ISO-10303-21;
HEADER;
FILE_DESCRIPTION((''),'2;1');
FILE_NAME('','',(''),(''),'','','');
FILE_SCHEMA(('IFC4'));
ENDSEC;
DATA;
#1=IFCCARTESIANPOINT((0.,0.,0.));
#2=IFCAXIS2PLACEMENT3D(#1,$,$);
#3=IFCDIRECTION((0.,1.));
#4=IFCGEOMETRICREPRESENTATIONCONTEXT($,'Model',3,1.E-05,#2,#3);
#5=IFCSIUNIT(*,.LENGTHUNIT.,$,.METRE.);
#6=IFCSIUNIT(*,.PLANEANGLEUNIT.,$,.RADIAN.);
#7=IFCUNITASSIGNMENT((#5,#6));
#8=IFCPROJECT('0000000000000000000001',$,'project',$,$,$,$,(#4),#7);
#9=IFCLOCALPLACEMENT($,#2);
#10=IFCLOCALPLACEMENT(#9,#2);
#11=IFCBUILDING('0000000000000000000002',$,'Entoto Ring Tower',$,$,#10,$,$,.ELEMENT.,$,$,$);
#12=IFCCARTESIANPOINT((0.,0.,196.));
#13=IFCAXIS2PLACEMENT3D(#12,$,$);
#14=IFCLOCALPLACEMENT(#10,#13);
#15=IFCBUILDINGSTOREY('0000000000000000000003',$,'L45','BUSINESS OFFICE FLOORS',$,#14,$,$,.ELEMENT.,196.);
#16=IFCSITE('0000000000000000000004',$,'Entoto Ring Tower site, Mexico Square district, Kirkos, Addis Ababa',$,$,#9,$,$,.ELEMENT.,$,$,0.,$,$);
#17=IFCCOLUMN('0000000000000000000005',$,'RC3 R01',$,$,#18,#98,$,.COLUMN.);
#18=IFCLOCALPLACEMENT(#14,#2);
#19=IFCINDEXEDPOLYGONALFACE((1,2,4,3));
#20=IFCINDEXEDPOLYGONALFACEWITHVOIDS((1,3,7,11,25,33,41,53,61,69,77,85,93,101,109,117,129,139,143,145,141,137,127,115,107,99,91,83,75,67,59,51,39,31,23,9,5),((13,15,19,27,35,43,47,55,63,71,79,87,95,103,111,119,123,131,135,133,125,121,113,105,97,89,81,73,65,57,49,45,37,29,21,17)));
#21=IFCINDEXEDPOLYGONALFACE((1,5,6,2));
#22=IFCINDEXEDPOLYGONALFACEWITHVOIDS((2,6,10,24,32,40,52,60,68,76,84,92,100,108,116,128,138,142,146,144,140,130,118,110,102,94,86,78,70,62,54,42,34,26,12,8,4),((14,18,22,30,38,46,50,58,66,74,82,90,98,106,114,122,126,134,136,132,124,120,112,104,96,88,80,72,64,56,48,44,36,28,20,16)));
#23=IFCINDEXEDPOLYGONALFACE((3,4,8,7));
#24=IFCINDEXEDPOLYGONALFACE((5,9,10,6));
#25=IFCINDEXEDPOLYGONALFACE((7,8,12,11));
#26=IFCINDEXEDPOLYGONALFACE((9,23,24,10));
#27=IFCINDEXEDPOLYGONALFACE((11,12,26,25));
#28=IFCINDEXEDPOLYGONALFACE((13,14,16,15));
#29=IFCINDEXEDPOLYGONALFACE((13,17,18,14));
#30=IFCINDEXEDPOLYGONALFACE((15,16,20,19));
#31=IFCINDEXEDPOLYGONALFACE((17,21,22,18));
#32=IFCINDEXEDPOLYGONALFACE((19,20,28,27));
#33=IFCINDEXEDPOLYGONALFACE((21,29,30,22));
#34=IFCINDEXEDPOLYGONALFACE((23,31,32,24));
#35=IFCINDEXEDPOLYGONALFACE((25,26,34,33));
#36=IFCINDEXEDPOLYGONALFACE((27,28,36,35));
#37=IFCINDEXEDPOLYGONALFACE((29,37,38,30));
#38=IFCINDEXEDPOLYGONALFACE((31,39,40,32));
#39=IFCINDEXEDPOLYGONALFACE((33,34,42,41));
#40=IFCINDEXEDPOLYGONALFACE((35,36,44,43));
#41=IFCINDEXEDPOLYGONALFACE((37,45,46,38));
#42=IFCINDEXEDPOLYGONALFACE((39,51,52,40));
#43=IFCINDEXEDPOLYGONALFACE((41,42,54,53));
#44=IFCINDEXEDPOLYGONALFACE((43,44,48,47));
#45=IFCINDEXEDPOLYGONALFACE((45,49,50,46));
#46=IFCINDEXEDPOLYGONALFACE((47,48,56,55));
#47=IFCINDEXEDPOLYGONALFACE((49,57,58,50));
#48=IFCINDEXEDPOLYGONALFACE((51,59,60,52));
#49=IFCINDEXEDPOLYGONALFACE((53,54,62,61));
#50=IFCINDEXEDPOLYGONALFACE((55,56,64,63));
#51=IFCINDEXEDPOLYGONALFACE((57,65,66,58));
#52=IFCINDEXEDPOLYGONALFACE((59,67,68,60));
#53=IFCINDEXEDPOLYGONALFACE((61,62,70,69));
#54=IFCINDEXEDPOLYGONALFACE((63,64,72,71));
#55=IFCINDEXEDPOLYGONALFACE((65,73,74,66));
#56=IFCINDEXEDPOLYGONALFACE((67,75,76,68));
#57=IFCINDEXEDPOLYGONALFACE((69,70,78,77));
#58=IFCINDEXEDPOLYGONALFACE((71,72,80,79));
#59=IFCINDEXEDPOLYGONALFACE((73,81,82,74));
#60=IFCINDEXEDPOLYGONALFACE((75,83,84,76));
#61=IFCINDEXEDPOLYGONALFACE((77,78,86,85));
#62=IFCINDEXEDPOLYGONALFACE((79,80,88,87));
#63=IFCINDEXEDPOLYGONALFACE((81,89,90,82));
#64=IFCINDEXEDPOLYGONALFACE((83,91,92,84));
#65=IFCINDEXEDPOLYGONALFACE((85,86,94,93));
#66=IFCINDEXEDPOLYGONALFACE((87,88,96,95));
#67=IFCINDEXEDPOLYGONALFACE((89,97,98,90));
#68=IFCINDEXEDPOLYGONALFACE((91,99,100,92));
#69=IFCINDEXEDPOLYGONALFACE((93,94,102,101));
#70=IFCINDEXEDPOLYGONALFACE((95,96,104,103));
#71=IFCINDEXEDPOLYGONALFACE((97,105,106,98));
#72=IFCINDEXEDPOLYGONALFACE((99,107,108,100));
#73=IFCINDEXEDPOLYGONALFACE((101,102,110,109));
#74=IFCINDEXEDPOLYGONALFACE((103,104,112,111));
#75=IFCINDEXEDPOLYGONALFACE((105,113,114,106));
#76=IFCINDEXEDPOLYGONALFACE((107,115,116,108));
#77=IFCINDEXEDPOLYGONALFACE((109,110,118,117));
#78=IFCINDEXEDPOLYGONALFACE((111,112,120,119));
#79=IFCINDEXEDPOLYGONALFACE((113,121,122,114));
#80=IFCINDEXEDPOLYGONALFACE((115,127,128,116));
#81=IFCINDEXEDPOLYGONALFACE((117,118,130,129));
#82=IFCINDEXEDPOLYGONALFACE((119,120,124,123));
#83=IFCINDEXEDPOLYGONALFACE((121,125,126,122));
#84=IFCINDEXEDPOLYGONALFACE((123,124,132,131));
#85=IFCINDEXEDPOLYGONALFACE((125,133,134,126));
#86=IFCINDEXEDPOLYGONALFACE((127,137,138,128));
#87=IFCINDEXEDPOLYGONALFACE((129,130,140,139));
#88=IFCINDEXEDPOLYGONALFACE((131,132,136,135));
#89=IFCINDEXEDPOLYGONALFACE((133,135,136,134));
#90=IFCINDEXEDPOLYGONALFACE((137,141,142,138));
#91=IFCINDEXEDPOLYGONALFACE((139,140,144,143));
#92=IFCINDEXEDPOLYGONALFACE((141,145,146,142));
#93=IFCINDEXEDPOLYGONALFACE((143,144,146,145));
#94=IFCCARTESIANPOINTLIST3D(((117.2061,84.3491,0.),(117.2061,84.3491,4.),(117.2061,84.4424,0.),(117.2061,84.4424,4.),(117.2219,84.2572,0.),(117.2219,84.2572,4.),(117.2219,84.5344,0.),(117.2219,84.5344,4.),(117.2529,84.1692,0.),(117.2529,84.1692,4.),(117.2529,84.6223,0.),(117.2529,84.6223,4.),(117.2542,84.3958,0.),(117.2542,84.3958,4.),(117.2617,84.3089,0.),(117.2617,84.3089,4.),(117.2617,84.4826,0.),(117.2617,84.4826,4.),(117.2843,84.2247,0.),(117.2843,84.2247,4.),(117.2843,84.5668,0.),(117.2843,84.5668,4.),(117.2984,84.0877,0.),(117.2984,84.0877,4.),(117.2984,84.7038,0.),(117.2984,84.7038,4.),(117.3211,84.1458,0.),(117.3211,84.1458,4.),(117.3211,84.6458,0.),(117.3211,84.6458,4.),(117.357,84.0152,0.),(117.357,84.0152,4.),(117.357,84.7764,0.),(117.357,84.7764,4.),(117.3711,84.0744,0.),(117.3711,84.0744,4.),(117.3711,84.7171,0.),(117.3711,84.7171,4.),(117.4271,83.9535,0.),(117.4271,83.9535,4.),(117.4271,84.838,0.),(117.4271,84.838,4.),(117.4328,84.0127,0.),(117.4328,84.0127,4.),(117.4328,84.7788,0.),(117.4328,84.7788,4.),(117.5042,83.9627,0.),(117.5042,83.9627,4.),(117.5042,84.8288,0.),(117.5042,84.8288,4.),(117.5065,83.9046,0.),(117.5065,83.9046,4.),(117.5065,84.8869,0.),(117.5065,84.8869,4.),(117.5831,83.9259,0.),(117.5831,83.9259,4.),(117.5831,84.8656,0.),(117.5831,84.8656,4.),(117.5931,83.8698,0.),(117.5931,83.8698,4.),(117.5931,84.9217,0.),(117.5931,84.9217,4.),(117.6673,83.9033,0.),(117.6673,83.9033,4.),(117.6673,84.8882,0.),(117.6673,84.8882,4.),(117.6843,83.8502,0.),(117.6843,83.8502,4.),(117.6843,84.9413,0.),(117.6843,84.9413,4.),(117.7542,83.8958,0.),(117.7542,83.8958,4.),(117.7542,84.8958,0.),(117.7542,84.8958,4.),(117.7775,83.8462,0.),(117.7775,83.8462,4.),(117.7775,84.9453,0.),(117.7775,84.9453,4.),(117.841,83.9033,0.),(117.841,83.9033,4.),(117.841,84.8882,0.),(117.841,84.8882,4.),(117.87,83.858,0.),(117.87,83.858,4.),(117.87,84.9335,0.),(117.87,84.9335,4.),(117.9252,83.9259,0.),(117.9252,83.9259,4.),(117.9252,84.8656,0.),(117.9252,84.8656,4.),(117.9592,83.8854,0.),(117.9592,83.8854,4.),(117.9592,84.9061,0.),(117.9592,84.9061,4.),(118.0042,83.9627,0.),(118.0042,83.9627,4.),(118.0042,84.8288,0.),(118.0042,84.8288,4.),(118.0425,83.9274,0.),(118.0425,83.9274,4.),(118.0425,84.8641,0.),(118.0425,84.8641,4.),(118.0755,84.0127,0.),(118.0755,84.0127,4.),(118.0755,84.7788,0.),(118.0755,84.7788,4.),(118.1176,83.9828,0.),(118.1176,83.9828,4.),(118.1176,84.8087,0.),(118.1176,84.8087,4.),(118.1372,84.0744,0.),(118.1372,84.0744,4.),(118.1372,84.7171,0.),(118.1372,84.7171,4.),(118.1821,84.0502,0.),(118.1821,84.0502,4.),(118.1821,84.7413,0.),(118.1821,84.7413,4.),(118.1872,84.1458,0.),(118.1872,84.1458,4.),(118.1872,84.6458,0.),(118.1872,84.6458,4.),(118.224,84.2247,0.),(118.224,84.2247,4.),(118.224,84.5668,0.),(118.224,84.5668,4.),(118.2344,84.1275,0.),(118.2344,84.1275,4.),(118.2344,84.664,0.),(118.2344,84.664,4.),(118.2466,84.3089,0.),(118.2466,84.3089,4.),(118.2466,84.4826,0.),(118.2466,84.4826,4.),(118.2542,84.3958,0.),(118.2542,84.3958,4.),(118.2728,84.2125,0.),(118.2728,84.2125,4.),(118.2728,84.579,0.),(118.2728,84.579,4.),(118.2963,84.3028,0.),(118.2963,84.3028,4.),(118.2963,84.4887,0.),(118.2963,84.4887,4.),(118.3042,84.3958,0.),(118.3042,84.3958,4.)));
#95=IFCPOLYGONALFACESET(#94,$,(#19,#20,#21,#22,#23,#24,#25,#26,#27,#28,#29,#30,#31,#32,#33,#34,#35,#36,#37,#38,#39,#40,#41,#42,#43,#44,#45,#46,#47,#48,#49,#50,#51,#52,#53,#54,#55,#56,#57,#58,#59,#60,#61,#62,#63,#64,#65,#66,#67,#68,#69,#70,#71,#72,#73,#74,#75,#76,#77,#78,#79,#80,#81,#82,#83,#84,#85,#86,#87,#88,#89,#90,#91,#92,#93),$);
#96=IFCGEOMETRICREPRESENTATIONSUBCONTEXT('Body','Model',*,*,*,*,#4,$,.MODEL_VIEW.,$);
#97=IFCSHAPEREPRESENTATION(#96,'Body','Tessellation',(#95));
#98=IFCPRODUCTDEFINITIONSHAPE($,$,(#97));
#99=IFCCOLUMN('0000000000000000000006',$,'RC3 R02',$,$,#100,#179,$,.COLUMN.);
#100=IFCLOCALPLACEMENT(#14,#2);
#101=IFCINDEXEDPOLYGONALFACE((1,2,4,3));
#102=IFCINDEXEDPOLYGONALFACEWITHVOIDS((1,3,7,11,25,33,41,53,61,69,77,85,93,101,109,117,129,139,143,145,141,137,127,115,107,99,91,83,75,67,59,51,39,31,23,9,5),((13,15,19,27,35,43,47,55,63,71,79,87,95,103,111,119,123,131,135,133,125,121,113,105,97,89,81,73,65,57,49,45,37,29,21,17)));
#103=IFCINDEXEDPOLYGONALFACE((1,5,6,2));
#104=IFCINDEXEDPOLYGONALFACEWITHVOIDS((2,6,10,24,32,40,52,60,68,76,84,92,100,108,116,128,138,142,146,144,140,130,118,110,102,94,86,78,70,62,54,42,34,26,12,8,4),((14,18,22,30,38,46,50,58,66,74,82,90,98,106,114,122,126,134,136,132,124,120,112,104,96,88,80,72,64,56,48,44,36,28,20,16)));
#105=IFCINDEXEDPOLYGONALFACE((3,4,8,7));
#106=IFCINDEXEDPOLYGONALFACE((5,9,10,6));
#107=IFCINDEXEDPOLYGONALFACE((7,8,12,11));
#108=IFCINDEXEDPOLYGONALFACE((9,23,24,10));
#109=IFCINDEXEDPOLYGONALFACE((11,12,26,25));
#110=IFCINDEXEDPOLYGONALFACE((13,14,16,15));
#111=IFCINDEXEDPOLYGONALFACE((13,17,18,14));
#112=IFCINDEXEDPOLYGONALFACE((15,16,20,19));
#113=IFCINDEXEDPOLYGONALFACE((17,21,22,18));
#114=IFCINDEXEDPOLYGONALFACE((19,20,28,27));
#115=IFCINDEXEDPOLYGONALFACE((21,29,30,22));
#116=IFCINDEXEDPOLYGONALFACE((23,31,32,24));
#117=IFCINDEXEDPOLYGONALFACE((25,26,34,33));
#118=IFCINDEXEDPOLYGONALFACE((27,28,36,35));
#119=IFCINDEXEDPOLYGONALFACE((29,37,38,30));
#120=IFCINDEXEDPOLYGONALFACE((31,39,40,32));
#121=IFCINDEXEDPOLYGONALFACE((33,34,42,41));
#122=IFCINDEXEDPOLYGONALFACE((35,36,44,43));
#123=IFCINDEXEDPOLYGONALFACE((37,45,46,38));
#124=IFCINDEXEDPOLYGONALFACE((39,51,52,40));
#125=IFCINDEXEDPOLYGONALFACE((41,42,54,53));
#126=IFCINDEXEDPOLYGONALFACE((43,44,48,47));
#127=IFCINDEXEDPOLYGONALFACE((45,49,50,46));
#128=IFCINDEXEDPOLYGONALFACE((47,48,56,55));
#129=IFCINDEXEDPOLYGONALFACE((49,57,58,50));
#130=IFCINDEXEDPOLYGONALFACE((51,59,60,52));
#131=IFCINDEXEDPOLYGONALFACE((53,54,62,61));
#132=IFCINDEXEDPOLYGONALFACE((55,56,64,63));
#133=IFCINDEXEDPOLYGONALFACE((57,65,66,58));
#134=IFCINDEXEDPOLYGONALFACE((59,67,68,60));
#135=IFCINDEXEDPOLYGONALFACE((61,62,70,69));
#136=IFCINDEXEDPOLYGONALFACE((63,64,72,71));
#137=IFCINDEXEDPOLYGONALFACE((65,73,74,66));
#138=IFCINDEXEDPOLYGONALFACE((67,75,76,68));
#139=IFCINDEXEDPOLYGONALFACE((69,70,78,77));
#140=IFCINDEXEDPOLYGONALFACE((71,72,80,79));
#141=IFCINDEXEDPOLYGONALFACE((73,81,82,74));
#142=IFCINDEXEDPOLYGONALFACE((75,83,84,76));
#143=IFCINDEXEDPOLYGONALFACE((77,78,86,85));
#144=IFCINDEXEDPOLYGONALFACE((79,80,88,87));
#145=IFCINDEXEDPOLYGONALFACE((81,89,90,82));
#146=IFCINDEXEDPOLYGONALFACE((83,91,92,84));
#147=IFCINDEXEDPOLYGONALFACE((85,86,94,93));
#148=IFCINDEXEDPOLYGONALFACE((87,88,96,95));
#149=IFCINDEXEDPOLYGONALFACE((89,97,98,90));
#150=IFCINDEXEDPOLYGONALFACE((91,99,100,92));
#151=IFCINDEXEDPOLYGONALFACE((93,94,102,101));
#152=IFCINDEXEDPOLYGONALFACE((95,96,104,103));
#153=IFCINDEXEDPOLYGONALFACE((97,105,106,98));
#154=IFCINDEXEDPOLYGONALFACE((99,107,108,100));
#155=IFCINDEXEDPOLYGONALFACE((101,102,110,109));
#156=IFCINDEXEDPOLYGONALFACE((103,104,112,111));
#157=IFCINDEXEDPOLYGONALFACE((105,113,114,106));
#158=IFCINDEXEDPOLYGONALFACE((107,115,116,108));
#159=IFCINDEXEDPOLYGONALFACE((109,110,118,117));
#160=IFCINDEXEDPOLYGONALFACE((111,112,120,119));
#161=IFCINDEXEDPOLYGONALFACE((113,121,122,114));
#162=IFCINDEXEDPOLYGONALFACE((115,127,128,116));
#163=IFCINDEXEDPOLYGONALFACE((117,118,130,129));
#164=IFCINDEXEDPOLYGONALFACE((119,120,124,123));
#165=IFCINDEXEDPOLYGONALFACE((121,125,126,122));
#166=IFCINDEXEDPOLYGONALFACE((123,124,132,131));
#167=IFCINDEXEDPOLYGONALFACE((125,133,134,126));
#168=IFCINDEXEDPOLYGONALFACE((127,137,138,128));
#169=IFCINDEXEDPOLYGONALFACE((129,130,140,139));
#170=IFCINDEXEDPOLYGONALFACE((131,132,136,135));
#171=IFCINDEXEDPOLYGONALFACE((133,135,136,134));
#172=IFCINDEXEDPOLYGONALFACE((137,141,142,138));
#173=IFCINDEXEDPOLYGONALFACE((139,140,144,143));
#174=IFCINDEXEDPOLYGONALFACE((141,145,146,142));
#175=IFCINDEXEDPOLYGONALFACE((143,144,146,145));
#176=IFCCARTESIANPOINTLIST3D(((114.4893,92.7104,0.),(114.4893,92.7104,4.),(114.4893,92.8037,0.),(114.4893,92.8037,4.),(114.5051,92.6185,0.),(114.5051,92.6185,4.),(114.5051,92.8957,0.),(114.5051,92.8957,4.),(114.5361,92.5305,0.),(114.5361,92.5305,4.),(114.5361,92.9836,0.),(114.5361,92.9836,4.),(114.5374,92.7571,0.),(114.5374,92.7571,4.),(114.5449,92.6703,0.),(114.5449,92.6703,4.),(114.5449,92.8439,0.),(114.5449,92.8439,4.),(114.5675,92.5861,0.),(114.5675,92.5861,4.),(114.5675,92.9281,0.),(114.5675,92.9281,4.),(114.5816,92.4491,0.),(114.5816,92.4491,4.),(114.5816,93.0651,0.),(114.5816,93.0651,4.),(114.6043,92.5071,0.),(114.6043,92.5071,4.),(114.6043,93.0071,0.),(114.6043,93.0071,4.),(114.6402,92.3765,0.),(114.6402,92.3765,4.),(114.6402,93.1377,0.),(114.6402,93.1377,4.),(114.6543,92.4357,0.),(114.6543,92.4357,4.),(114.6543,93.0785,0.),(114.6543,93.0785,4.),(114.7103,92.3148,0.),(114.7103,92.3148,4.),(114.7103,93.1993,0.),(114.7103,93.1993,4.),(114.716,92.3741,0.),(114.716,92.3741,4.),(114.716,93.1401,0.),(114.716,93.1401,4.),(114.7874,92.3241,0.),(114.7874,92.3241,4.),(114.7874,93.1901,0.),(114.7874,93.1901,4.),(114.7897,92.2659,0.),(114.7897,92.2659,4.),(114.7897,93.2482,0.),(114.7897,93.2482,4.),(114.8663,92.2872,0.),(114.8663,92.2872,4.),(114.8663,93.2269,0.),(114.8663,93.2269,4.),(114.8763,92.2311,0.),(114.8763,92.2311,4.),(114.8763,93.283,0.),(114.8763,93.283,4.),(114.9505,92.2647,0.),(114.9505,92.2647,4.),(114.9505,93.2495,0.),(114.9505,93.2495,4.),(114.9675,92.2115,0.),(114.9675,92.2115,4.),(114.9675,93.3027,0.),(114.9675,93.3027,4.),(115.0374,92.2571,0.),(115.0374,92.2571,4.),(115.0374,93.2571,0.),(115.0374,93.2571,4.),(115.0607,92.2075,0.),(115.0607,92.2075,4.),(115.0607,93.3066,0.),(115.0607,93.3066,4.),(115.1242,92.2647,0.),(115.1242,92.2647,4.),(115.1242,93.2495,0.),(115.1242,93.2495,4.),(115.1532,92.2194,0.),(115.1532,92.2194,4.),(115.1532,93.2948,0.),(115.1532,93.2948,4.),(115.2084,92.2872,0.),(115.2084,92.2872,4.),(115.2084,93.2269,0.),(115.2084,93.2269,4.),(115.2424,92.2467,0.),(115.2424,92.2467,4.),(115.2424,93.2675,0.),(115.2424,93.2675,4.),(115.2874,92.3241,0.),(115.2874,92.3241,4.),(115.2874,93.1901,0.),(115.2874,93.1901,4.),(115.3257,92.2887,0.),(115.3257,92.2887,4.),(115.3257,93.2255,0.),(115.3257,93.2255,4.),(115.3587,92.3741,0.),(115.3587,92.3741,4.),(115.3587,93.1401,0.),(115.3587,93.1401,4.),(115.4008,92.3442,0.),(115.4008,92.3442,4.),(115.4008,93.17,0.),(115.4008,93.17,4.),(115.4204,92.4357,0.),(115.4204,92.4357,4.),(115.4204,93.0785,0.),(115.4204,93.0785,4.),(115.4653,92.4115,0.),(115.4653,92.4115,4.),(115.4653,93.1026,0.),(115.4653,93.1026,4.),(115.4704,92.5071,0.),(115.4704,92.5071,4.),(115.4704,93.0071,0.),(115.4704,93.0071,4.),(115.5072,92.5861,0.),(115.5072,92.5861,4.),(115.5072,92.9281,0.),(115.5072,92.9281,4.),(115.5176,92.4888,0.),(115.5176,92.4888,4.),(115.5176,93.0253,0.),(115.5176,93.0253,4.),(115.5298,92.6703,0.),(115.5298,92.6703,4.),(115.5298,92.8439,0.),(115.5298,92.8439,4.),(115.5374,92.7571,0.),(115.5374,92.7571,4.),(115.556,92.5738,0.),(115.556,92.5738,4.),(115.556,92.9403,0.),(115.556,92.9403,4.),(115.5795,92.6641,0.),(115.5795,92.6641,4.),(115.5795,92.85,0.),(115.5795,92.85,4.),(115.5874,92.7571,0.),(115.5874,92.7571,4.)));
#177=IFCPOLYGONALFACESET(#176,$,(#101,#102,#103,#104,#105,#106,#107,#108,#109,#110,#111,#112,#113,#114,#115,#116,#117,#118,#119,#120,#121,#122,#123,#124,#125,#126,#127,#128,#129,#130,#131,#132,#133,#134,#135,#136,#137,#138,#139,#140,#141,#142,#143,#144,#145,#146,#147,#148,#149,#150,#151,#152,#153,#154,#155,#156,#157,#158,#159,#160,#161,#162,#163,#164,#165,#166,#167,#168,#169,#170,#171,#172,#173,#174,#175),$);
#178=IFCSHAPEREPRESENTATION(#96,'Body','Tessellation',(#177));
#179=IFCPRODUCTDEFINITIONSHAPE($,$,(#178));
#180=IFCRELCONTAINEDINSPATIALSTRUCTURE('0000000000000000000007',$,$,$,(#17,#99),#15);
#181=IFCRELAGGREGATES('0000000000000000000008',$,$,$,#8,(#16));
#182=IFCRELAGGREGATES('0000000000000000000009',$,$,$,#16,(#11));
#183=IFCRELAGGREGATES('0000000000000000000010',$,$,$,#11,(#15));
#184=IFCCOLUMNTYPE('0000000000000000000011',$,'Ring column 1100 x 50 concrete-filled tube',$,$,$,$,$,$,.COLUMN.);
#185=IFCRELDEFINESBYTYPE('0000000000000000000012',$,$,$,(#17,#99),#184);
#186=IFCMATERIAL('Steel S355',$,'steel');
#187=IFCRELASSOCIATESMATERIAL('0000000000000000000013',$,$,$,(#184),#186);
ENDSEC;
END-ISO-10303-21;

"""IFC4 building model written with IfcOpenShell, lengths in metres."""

from ifc_helpers import new_model, si_unit, direction, frame, origin, origin_2d, place, context, subcontext, project, spatial, circle, hollow_circle, extrude, material, material_profile, profile_set, type_object, element, save


model = new_model("IFC4")

# Units and contexts
model_context = context("Model", 3, precision=1e-05, world=origin(), true_north=direction((0.0, 1.0)))
body_context = subcontext(model_context, "Body", "Model", "MODEL_VIEW")
ifc_project = project(units=[si_unit("LENGTHUNIT", "METRE"), si_unit("PLANEANGLEUNIT", "RADIAN")], contexts=[model_context])

# Site, building, storey
site_placement = place(None, origin())
site = spatial("IfcSite", under=ifc_project, at=site_placement, Name="Entoto Ring Tower site, Mexico Square district, Kirkos, Addis Ababa", CompositionType="ELEMENT", RefElevation=0.0)
building_placement = place(site_placement, origin())
building = spatial("IfcBuilding", under=site, at=building_placement, Name="Entoto Ring Tower", CompositionType="ELEMENT")
storey_placement = place(building_placement, frame((0.0, 0.0, 196.0)))
storey = spatial("IfcBuildingStorey", under=building, at=storey_placement, Name="L45", Description="BUSINESS OFFICE FLOORS", CompositionType="ELEMENT", Elevation=196.0)

# Columns
ifc_material_1 = material(Name="Steel S355", Category="steel")
ifc_material_profile_1 = material_profile(ifc_material_1, hollow_circle(Radius=0.55, WallThickness=0.05, at=origin_2d()), Name="CHS 1100 x 50")
ifc_material_2 = material(Name="Concrete C60/75", Category="concrete")
ifc_material_profile_2 = material_profile(ifc_material_2, circle(Radius=0.5, at=origin_2d()), Name="Concrete C60/75 infill")
ifc_profile_set_1 = profile_set([ifc_material_profile_1, ifc_material_profile_2], Name="Steel S355")
column_type = type_object("IfcColumnType", Name="Ring column 1100 x 50 concrete-filled tube", PredefinedType="COLUMN", material=ifc_profile_set_1)
for number, where, z_axis, x_axis, name in (
    (1, (117.7542, 84.3958, 0.0), (0.0, 0.0, 1.0), (1.0, 0.0, 0.0), "RC3 R01"),
    (2, (115.0374, 92.7571, 0.0), (0.0, 0.0, 1.0), (1.0, 0.0, 0.0), "RC3 R02"),
):
    element("IfcColumn", number, at=place(storey_placement, frame(where, z_axis=z_axis, x_axis=x_axis)), inside=storey, type_object=column_type, Name=name, PredefinedType="COLUMN", context=body_context, shape_type="SweptSolid", body=[
        extrude(hollow_circle(Radius=0.55, WallThickness=0.05, at=origin_2d()), origin(), (0.0, 0.0, 1.0), 4.0),
    ])

save(model, "model.ifc")
